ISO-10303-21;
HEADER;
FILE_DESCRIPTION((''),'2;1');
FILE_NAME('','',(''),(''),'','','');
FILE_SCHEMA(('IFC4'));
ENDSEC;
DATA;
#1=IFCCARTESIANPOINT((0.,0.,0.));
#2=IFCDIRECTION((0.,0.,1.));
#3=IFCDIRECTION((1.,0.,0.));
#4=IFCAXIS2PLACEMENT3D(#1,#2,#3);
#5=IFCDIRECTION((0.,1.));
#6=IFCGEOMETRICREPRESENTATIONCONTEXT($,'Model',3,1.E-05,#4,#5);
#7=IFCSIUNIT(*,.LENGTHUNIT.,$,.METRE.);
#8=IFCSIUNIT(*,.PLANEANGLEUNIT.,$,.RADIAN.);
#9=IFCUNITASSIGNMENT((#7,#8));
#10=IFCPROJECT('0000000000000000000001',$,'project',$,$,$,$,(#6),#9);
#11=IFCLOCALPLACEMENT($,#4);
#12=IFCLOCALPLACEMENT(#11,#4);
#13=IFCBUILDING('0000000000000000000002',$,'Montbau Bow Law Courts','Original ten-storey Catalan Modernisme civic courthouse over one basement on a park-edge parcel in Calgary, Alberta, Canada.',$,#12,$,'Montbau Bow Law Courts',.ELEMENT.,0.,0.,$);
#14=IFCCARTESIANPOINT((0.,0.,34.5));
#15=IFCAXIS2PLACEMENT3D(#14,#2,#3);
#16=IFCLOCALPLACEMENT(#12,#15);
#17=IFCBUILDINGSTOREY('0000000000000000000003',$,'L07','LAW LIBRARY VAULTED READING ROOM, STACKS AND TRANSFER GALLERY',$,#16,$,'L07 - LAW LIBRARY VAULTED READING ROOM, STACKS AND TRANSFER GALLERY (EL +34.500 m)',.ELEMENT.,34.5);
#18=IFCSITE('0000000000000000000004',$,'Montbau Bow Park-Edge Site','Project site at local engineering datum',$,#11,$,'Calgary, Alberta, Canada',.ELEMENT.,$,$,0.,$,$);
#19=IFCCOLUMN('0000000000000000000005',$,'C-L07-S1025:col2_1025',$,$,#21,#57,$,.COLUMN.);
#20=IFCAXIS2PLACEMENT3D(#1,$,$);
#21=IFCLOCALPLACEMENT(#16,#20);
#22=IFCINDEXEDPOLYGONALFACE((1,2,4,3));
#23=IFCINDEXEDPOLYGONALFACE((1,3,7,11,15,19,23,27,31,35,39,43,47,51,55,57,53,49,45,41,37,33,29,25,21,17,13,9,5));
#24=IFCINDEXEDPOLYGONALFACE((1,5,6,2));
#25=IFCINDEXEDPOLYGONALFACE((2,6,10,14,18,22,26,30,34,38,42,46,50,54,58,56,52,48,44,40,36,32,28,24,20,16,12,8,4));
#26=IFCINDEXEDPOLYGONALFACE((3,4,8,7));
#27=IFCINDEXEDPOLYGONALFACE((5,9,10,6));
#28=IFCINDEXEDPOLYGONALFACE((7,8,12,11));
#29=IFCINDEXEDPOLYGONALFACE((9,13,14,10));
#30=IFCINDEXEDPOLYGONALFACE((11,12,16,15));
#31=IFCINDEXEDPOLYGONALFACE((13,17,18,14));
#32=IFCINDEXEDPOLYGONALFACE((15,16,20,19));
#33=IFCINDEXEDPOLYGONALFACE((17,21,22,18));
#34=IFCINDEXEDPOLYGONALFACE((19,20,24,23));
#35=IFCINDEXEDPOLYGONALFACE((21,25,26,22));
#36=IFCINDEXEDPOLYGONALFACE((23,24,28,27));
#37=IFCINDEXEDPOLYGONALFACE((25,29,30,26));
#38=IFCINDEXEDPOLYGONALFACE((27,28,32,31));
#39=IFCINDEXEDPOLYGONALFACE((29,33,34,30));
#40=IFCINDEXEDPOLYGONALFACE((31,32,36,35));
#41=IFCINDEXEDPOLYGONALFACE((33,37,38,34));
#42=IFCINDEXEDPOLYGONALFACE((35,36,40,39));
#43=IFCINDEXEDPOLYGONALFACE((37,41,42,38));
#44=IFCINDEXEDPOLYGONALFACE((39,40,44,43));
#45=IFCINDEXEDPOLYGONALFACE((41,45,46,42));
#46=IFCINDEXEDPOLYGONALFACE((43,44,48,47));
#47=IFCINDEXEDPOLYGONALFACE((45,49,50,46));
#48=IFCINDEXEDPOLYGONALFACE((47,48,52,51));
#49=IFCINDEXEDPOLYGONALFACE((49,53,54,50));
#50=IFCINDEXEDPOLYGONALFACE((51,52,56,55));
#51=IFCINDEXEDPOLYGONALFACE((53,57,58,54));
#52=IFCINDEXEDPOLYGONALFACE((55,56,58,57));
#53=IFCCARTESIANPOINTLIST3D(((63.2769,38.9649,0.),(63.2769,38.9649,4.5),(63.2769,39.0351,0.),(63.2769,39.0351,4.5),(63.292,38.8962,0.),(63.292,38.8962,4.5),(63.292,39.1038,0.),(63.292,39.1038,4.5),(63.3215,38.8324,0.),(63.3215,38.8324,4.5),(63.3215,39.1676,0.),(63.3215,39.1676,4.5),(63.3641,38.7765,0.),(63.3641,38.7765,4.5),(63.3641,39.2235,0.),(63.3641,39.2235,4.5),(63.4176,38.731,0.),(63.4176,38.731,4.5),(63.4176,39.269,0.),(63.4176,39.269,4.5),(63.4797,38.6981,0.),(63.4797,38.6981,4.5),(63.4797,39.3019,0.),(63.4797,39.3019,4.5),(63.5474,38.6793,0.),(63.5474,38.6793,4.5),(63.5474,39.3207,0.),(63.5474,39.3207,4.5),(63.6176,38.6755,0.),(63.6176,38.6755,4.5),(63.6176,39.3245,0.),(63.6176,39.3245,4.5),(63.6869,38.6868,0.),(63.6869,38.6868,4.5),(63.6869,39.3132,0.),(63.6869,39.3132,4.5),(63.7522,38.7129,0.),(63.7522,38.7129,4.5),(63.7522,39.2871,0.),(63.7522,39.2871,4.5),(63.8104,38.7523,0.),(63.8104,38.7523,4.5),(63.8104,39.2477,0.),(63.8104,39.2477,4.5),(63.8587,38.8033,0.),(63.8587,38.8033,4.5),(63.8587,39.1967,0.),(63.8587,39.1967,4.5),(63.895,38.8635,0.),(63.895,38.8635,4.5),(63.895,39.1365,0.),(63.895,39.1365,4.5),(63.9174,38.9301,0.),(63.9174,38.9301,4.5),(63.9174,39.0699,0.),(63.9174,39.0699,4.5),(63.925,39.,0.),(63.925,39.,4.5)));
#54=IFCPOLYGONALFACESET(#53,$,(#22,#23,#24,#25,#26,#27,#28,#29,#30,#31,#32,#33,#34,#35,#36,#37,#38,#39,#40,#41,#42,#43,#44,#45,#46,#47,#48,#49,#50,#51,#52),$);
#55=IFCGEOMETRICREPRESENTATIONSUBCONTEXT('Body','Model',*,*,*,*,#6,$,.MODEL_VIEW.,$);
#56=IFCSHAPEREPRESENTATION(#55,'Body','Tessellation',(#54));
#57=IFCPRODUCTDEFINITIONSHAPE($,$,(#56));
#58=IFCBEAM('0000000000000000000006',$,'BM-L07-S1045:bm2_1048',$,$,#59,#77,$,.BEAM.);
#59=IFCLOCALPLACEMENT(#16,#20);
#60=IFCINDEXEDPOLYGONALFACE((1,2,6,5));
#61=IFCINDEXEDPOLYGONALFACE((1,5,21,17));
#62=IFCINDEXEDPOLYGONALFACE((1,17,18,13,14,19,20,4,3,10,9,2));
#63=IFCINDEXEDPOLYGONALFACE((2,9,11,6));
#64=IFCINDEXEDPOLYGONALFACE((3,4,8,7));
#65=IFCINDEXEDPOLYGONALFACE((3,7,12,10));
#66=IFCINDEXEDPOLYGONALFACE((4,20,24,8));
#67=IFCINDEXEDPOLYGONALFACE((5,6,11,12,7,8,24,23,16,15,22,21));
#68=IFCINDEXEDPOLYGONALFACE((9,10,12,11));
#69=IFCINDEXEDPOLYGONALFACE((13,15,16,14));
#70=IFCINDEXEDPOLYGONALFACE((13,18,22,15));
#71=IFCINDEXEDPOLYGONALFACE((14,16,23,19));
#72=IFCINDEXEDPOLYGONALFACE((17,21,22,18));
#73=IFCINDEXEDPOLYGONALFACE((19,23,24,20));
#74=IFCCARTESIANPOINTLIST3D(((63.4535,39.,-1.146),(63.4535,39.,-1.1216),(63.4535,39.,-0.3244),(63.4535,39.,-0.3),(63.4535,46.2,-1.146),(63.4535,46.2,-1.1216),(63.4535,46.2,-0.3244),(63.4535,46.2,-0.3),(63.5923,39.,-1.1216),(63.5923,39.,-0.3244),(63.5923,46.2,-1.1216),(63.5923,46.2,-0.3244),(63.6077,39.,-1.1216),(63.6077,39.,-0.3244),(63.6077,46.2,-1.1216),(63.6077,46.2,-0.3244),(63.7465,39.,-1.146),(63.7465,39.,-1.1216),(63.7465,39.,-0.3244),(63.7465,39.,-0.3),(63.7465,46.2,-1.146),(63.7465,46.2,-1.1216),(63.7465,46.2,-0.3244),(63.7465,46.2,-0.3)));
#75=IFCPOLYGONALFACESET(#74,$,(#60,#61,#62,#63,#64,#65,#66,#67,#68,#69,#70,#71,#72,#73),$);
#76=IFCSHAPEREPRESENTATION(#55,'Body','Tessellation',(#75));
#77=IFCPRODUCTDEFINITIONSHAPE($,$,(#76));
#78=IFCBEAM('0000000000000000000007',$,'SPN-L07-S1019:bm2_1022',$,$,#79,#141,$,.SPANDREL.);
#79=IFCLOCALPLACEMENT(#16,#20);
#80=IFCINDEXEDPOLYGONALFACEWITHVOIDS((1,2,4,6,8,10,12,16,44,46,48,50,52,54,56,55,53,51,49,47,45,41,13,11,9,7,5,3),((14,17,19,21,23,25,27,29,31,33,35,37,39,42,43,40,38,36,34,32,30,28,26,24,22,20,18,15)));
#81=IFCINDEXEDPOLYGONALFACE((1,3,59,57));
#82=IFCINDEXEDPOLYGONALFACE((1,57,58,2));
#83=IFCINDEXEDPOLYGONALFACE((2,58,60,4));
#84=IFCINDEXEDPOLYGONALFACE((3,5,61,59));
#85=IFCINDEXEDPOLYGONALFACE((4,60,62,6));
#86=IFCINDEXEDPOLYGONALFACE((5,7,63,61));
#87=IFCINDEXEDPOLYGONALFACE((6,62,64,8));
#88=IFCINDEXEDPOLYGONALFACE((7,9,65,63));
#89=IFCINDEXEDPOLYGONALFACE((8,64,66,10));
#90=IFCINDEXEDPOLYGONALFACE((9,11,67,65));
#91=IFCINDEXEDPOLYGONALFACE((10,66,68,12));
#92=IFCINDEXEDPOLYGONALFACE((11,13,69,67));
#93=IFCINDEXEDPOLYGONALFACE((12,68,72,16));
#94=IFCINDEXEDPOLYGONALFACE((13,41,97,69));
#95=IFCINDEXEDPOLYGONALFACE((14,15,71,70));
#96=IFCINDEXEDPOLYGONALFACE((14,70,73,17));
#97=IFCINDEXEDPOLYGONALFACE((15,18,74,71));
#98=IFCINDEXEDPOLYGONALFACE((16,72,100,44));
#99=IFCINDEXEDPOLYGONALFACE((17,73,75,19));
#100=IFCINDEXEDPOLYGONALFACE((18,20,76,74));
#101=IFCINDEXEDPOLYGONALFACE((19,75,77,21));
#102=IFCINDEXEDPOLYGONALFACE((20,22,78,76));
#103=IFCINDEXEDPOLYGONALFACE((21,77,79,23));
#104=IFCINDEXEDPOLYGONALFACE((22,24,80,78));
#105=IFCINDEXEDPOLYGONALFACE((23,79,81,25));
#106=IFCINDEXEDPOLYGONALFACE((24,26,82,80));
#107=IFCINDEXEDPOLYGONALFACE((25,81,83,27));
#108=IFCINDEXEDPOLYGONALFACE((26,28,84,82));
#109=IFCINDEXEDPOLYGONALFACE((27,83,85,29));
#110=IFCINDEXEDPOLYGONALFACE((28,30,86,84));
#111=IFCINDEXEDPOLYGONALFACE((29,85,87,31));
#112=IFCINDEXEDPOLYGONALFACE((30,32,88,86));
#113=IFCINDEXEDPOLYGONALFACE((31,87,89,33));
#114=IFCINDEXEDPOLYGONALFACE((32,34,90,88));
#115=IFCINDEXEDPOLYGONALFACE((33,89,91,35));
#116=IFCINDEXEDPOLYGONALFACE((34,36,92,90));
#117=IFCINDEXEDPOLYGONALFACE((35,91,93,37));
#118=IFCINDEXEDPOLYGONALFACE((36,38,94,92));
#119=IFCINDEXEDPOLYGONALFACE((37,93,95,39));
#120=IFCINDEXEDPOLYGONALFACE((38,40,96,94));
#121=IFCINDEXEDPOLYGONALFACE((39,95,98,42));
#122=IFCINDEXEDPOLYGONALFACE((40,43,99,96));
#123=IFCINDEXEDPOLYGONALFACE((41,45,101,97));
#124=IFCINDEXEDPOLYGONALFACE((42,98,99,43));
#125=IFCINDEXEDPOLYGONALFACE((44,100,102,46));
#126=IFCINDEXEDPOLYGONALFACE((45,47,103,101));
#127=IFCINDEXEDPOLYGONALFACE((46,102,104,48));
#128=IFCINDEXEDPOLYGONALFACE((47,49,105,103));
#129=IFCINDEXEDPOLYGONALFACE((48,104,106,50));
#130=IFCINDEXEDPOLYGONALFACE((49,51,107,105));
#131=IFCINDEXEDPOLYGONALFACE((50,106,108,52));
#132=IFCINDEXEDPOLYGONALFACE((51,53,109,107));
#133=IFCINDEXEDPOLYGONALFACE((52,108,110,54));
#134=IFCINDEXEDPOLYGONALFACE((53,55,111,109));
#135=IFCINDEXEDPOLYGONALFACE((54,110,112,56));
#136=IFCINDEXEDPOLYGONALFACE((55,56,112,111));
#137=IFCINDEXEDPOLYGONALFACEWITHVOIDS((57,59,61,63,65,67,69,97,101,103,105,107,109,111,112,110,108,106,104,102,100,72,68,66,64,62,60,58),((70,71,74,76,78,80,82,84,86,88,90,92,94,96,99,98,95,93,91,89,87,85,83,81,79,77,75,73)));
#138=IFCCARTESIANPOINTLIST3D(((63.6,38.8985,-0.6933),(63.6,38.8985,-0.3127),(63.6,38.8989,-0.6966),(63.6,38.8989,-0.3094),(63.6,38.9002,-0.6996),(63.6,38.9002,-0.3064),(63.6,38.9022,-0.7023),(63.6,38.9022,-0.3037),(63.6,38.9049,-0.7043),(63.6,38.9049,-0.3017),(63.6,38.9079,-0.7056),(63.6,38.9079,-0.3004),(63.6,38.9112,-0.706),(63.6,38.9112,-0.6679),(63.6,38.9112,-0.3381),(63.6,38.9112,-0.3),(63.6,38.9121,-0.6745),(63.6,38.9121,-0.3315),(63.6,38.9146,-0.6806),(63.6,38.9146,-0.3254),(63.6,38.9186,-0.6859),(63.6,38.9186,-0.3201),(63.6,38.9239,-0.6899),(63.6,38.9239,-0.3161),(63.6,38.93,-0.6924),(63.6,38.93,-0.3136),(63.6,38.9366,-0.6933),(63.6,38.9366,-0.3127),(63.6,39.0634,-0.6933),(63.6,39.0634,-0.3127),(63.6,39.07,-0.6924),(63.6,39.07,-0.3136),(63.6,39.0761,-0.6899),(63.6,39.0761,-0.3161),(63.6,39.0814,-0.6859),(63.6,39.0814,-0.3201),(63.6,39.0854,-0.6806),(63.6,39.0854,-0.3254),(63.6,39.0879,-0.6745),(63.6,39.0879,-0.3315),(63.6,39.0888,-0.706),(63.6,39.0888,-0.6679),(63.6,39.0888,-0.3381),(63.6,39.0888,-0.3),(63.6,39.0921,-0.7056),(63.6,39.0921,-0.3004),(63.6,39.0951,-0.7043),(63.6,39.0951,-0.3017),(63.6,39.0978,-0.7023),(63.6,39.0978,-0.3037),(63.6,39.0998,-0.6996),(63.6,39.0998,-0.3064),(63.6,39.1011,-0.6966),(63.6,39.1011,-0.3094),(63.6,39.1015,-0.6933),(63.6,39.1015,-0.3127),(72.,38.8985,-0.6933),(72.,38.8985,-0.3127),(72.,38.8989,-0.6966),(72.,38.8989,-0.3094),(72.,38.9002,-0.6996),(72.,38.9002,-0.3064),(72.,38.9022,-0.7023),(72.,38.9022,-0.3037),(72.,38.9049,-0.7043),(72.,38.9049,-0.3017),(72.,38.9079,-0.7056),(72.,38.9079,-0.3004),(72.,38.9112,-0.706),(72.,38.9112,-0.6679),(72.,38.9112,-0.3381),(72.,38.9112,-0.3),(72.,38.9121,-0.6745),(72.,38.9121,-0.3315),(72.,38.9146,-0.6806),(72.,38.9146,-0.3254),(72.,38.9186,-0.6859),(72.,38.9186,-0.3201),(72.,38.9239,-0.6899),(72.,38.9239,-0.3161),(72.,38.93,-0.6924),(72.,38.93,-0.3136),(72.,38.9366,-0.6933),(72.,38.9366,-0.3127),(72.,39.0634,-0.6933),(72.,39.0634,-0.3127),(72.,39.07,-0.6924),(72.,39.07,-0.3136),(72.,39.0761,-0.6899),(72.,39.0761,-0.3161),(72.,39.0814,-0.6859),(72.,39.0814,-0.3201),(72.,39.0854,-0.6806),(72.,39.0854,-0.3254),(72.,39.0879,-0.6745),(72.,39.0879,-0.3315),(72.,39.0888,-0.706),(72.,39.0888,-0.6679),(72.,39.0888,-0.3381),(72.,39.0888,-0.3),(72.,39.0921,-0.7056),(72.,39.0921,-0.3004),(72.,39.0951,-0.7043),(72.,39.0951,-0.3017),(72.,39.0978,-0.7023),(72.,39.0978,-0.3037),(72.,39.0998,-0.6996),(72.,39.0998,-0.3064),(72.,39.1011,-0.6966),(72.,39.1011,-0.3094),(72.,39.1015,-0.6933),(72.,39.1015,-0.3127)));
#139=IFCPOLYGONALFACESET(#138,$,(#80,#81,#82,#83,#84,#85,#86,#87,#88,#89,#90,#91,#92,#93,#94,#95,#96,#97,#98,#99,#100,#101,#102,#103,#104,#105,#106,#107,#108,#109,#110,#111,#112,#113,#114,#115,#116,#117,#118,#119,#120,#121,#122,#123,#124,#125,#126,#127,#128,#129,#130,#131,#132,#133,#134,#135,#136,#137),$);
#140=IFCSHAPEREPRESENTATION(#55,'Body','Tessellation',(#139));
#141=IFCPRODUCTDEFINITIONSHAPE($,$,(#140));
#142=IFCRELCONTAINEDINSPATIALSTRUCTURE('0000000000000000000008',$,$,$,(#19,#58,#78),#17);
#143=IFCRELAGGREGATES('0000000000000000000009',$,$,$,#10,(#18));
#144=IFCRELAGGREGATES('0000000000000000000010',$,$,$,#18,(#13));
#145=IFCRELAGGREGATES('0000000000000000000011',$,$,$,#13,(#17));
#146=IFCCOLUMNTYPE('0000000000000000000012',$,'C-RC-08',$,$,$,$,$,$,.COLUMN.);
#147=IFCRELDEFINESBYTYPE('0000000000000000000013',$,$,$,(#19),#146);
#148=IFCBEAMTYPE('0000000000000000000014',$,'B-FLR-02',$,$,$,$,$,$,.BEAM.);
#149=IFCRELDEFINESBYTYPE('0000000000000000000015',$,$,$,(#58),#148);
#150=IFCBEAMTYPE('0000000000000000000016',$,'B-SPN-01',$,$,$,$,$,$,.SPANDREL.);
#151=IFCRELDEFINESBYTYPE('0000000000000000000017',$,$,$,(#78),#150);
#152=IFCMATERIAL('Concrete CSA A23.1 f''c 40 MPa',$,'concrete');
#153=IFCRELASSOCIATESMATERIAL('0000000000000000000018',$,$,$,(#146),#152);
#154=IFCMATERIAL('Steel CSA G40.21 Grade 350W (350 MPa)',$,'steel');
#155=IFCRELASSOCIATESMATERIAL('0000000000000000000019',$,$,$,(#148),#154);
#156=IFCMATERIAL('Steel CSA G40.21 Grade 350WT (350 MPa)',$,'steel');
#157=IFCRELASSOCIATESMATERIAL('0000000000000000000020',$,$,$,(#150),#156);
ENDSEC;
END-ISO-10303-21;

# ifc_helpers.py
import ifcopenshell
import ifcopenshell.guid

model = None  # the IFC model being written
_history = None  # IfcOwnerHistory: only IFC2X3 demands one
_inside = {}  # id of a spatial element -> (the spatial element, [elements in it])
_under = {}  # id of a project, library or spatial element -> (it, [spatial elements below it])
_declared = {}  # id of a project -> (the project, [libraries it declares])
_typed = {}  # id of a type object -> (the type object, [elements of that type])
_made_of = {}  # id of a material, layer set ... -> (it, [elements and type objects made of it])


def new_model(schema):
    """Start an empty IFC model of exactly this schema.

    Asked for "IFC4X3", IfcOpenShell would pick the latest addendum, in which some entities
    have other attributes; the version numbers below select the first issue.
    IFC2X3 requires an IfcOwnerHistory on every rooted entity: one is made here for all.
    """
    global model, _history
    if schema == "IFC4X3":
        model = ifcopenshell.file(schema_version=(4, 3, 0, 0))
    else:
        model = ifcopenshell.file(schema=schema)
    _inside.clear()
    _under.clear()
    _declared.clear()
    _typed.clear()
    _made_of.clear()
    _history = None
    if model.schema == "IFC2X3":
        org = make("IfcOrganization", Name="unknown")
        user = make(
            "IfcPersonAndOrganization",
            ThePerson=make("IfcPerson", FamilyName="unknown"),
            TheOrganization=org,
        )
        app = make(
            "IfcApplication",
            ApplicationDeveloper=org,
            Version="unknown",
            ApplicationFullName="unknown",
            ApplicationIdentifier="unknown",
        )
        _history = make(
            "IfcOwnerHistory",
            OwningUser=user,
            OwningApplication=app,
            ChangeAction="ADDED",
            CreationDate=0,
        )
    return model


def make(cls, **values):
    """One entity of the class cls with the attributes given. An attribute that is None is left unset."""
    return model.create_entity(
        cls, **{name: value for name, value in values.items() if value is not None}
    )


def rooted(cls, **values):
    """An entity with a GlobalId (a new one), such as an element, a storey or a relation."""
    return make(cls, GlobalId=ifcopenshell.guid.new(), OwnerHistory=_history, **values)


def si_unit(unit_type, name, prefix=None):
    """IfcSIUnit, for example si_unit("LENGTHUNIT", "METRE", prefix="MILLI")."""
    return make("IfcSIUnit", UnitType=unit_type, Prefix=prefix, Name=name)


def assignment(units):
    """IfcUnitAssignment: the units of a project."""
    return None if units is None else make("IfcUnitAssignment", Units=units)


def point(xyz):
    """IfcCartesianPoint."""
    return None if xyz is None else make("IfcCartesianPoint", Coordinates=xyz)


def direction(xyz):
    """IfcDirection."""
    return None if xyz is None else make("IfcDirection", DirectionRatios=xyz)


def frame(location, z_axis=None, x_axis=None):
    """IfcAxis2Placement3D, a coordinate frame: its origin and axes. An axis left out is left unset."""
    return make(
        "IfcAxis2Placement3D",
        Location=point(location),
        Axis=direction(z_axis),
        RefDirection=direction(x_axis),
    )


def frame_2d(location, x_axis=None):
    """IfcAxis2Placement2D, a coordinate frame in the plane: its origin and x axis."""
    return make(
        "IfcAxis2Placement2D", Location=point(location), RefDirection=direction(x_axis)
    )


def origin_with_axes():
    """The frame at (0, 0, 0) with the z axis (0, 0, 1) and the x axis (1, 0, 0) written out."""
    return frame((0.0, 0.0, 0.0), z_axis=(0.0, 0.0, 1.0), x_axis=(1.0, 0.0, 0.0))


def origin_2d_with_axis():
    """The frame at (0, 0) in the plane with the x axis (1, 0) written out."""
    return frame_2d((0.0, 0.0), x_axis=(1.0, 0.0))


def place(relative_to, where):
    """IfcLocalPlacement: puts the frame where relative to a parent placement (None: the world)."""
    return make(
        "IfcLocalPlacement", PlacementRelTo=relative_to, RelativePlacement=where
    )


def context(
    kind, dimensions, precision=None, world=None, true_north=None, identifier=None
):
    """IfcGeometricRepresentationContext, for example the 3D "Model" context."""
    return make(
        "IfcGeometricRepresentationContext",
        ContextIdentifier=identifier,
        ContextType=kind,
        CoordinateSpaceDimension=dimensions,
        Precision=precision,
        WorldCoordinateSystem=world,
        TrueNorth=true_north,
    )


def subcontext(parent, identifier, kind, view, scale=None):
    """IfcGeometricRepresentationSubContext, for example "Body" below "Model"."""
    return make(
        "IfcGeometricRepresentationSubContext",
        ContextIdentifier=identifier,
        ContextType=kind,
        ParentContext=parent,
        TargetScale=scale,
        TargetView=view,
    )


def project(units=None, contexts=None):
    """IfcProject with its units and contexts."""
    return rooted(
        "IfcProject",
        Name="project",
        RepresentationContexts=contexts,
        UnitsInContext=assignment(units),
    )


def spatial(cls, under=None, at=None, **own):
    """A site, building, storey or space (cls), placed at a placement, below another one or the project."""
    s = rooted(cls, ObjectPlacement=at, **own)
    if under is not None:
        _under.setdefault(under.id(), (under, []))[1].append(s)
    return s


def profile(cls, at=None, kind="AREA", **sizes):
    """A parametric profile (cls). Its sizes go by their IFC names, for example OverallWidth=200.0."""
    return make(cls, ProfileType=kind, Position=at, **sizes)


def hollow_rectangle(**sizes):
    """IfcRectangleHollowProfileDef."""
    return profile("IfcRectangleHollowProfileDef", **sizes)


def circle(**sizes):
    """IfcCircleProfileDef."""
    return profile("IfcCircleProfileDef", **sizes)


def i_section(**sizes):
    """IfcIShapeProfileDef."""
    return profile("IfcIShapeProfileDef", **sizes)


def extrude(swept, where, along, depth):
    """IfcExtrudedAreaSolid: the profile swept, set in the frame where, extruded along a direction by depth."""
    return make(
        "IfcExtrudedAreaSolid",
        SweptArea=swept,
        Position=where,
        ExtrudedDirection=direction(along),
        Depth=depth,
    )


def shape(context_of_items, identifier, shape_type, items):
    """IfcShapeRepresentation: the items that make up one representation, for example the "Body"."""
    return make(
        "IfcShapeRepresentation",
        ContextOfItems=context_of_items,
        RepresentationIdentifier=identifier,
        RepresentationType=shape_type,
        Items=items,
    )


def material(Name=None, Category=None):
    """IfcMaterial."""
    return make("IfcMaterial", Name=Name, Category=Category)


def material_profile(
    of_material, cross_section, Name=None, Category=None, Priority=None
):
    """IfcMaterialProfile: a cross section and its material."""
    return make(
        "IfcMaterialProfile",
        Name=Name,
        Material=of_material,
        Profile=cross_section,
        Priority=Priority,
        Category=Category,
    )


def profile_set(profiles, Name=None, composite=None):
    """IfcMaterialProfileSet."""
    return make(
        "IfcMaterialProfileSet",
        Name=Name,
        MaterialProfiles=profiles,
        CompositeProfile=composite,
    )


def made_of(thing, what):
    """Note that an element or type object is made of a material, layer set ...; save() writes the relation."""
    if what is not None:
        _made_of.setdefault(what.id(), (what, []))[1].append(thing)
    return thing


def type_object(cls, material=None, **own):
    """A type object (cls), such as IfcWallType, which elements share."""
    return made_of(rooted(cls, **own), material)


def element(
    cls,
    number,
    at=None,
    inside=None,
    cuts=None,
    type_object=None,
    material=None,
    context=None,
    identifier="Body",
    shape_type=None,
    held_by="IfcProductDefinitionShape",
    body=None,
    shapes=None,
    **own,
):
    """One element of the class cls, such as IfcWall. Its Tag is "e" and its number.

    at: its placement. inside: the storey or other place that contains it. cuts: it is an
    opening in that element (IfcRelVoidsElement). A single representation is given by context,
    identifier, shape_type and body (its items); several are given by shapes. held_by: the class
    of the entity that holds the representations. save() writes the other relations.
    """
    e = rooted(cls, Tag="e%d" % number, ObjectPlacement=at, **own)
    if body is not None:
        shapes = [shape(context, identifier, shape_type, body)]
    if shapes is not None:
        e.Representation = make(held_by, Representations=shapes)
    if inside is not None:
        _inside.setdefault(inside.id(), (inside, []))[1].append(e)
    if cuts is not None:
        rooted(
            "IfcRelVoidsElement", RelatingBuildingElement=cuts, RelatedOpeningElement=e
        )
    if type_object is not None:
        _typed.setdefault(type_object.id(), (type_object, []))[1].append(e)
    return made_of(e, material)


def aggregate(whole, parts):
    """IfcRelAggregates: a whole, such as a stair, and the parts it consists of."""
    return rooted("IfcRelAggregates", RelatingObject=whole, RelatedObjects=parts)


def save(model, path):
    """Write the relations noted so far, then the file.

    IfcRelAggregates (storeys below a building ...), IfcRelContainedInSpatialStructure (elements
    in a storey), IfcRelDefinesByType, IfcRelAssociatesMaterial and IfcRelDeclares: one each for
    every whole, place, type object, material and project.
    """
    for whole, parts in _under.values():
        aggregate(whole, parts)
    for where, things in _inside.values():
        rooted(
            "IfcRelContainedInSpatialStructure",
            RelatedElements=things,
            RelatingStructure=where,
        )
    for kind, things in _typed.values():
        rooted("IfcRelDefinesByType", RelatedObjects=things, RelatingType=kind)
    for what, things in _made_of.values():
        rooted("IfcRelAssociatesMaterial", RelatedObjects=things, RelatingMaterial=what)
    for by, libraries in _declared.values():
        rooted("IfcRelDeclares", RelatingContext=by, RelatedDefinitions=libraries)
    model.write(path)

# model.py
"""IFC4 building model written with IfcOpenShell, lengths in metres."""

from ifc_helpers import new_model, si_unit, direction, frame, origin_with_axes, origin_2d_with_axis, place, context, subcontext, project, spatial, hollow_rectangle, circle, i_section, extrude, material, material_profile, profile_set, type_object, element, save


model = new_model("IFC4")

# Units and contexts
model_context = context("Model", 3, precision=1e-05, world=origin_with_axes(), true_north=direction((0.0, 1.0)))
body_context = subcontext(model_context, "Body", "Model", "MODEL_VIEW")
ifc_project = project(units=[si_unit("LENGTHUNIT", "METRE"), si_unit("PLANEANGLEUNIT", "RADIAN")], contexts=[model_context])

# Site, building, storey
site_placement = place(None, origin_with_axes())
site = spatial("IfcSite", under=ifc_project, at=site_placement, Name="Montbau Bow Park-Edge Site", Description="Project site at local engineering datum", LongName="Calgary, Alberta, Canada", CompositionType="ELEMENT", RefElevation=0.0)
building_placement = place(site_placement, origin_with_axes())
building = spatial("IfcBuilding", under=site, at=building_placement, Name="Montbau Bow Law Courts", Description="Original ten-storey Catalan Modernisme civic courthouse over one basement on a park-edge parcel in Calgary, Alberta, Canada.", LongName="Montbau Bow Law Courts", CompositionType="ELEMENT", ElevationOfRefHeight=0.0, ElevationOfTerrain=0.0)
storey_placement = place(building_placement, frame((0.0, 0.0, 34.5), z_axis=(0.0, 0.0, 1.0), x_axis=(1.0, 0.0, 0.0)))
storey = spatial("IfcBuildingStorey", under=building, at=storey_placement, Name="L07", Description="LAW LIBRARY VAULTED READING ROOM, STACKS AND TRANSFER GALLERY", LongName="L07 - LAW LIBRARY VAULTED READING ROOM, STACKS AND TRANSFER GALLERY (EL +34.500 m)", CompositionType="ELEMENT", Elevation=34.5)

# Column
ifc_material_1 = material(Name="Concrete CSA A23.1 f'c 40 MPa", Category="concrete")
ifc_material_profile_1 = material_profile(ifc_material_1, circle(Radius=0.325, at=origin_2d_with_axis()), Name="RC650D", Category="Main", Priority=0)
ifc_profile_set_1 = profile_set([ifc_material_profile_1], Name="Concrete CSA A23.1 f'c 40 MPa")
column_type = type_object("IfcColumnType", Name="C-RC-08", PredefinedType="COLUMN", material=ifc_profile_set_1)
column_placement = place(None, frame((63.6, 39.0, 34.5), z_axis=(0.0, 0.0, 1.0), x_axis=(1.0, 0.0, 0.0)))
element("IfcColumn", 1, at=column_placement, inside=storey, type_object=column_type, Name="C-L07-S1025:col2_1025", PredefinedType="COLUMN", context=body_context, shape_type="SweptSolid", body=[
    extrude(circle(Radius=0.325, at=origin_2d_with_axis()), origin_with_axes(), (0.0, 0.0, 1.0), 4.5),
])

# Beams
ifc_material_2 = material(Name="Steel CSA G40.21 Grade 350W (350 MPa)", Category="steel")
ifc_material_profile_2 = material_profile(ifc_material_2, i_section(OverallWidth=0.293, OverallDepth=0.846, WebThickness=0.0154, FlangeThickness=0.0244, at=origin_2d_with_axis()), Name="W840X210", Category="Main", Priority=0)
ifc_profile_set_2 = profile_set([ifc_material_profile_2], Name="Steel CSA G40.21 Grade 350W (350 MPa)")
beam_type_1 = type_object("IfcBeamType", Name="B-FLR-02", PredefinedType="BEAM", material=ifc_profile_set_2)
beam_1_placement = place(None, frame((63.6, 39.0, 33.777), z_axis=(0.0, 1.0, 0.0), x_axis=(-1.0, 0.0, 0.0)))
element("IfcBeam", 2, at=beam_1_placement, inside=storey, type_object=beam_type_1, Name="BM-L07-S1045:bm2_1048", PredefinedType="BEAM", context=body_context, shape_type="SweptSolid", body=[
    extrude(i_section(OverallWidth=0.293, OverallDepth=0.846, WebThickness=0.0154, FlangeThickness=0.0244, at=origin_2d_with_axis()), origin_with_axes(), (0.0, 0.0, 1.0), 7.2),
])
ifc_material_3 = material(Name="Steel CSA G40.21 Grade 350WT (350 MPa)", Category="steel")
ifc_material_profile_3 = material_profile(ifc_material_3, hollow_rectangle(XDim=0.203, YDim=0.406, WallThickness=0.0127, InnerFilletRadius=0.0254, OuterFilletRadius=0.0127, at=origin_2d_with_axis()), Name="HSS406X203X13", Category="Main", Priority=0)
ifc_profile_set_3 = profile_set([ifc_material_profile_3], Name="Steel CSA G40.21 Grade 350WT (350 MPa)")
beam_type_2 = type_object("IfcBeamType", Name="B-SPN-01", PredefinedType="SPANDREL", material=ifc_profile_set_3)
beam_2_placement = place(None, frame((63.6, 39.0, 33.997), z_axis=(1.0, 0.0, 0.0), x_axis=(0.0, 1.0, 0.0)))
element("IfcBeam", 3, at=beam_2_placement, inside=storey, type_object=beam_type_2, Name="SPN-L07-S1019:bm2_1022", PredefinedType="SPANDREL", context=body_context, shape_type="SweptSolid", body=[
    extrude(hollow_rectangle(XDim=0.203, YDim=0.406, WallThickness=0.0127, InnerFilletRadius=0.0254, OuterFilletRadius=0.0127, at=origin_2d_with_axis()), origin_with_axes(), (0.0, 0.0, 1.0), 8.4),
])

save(model, "model.ifc")
